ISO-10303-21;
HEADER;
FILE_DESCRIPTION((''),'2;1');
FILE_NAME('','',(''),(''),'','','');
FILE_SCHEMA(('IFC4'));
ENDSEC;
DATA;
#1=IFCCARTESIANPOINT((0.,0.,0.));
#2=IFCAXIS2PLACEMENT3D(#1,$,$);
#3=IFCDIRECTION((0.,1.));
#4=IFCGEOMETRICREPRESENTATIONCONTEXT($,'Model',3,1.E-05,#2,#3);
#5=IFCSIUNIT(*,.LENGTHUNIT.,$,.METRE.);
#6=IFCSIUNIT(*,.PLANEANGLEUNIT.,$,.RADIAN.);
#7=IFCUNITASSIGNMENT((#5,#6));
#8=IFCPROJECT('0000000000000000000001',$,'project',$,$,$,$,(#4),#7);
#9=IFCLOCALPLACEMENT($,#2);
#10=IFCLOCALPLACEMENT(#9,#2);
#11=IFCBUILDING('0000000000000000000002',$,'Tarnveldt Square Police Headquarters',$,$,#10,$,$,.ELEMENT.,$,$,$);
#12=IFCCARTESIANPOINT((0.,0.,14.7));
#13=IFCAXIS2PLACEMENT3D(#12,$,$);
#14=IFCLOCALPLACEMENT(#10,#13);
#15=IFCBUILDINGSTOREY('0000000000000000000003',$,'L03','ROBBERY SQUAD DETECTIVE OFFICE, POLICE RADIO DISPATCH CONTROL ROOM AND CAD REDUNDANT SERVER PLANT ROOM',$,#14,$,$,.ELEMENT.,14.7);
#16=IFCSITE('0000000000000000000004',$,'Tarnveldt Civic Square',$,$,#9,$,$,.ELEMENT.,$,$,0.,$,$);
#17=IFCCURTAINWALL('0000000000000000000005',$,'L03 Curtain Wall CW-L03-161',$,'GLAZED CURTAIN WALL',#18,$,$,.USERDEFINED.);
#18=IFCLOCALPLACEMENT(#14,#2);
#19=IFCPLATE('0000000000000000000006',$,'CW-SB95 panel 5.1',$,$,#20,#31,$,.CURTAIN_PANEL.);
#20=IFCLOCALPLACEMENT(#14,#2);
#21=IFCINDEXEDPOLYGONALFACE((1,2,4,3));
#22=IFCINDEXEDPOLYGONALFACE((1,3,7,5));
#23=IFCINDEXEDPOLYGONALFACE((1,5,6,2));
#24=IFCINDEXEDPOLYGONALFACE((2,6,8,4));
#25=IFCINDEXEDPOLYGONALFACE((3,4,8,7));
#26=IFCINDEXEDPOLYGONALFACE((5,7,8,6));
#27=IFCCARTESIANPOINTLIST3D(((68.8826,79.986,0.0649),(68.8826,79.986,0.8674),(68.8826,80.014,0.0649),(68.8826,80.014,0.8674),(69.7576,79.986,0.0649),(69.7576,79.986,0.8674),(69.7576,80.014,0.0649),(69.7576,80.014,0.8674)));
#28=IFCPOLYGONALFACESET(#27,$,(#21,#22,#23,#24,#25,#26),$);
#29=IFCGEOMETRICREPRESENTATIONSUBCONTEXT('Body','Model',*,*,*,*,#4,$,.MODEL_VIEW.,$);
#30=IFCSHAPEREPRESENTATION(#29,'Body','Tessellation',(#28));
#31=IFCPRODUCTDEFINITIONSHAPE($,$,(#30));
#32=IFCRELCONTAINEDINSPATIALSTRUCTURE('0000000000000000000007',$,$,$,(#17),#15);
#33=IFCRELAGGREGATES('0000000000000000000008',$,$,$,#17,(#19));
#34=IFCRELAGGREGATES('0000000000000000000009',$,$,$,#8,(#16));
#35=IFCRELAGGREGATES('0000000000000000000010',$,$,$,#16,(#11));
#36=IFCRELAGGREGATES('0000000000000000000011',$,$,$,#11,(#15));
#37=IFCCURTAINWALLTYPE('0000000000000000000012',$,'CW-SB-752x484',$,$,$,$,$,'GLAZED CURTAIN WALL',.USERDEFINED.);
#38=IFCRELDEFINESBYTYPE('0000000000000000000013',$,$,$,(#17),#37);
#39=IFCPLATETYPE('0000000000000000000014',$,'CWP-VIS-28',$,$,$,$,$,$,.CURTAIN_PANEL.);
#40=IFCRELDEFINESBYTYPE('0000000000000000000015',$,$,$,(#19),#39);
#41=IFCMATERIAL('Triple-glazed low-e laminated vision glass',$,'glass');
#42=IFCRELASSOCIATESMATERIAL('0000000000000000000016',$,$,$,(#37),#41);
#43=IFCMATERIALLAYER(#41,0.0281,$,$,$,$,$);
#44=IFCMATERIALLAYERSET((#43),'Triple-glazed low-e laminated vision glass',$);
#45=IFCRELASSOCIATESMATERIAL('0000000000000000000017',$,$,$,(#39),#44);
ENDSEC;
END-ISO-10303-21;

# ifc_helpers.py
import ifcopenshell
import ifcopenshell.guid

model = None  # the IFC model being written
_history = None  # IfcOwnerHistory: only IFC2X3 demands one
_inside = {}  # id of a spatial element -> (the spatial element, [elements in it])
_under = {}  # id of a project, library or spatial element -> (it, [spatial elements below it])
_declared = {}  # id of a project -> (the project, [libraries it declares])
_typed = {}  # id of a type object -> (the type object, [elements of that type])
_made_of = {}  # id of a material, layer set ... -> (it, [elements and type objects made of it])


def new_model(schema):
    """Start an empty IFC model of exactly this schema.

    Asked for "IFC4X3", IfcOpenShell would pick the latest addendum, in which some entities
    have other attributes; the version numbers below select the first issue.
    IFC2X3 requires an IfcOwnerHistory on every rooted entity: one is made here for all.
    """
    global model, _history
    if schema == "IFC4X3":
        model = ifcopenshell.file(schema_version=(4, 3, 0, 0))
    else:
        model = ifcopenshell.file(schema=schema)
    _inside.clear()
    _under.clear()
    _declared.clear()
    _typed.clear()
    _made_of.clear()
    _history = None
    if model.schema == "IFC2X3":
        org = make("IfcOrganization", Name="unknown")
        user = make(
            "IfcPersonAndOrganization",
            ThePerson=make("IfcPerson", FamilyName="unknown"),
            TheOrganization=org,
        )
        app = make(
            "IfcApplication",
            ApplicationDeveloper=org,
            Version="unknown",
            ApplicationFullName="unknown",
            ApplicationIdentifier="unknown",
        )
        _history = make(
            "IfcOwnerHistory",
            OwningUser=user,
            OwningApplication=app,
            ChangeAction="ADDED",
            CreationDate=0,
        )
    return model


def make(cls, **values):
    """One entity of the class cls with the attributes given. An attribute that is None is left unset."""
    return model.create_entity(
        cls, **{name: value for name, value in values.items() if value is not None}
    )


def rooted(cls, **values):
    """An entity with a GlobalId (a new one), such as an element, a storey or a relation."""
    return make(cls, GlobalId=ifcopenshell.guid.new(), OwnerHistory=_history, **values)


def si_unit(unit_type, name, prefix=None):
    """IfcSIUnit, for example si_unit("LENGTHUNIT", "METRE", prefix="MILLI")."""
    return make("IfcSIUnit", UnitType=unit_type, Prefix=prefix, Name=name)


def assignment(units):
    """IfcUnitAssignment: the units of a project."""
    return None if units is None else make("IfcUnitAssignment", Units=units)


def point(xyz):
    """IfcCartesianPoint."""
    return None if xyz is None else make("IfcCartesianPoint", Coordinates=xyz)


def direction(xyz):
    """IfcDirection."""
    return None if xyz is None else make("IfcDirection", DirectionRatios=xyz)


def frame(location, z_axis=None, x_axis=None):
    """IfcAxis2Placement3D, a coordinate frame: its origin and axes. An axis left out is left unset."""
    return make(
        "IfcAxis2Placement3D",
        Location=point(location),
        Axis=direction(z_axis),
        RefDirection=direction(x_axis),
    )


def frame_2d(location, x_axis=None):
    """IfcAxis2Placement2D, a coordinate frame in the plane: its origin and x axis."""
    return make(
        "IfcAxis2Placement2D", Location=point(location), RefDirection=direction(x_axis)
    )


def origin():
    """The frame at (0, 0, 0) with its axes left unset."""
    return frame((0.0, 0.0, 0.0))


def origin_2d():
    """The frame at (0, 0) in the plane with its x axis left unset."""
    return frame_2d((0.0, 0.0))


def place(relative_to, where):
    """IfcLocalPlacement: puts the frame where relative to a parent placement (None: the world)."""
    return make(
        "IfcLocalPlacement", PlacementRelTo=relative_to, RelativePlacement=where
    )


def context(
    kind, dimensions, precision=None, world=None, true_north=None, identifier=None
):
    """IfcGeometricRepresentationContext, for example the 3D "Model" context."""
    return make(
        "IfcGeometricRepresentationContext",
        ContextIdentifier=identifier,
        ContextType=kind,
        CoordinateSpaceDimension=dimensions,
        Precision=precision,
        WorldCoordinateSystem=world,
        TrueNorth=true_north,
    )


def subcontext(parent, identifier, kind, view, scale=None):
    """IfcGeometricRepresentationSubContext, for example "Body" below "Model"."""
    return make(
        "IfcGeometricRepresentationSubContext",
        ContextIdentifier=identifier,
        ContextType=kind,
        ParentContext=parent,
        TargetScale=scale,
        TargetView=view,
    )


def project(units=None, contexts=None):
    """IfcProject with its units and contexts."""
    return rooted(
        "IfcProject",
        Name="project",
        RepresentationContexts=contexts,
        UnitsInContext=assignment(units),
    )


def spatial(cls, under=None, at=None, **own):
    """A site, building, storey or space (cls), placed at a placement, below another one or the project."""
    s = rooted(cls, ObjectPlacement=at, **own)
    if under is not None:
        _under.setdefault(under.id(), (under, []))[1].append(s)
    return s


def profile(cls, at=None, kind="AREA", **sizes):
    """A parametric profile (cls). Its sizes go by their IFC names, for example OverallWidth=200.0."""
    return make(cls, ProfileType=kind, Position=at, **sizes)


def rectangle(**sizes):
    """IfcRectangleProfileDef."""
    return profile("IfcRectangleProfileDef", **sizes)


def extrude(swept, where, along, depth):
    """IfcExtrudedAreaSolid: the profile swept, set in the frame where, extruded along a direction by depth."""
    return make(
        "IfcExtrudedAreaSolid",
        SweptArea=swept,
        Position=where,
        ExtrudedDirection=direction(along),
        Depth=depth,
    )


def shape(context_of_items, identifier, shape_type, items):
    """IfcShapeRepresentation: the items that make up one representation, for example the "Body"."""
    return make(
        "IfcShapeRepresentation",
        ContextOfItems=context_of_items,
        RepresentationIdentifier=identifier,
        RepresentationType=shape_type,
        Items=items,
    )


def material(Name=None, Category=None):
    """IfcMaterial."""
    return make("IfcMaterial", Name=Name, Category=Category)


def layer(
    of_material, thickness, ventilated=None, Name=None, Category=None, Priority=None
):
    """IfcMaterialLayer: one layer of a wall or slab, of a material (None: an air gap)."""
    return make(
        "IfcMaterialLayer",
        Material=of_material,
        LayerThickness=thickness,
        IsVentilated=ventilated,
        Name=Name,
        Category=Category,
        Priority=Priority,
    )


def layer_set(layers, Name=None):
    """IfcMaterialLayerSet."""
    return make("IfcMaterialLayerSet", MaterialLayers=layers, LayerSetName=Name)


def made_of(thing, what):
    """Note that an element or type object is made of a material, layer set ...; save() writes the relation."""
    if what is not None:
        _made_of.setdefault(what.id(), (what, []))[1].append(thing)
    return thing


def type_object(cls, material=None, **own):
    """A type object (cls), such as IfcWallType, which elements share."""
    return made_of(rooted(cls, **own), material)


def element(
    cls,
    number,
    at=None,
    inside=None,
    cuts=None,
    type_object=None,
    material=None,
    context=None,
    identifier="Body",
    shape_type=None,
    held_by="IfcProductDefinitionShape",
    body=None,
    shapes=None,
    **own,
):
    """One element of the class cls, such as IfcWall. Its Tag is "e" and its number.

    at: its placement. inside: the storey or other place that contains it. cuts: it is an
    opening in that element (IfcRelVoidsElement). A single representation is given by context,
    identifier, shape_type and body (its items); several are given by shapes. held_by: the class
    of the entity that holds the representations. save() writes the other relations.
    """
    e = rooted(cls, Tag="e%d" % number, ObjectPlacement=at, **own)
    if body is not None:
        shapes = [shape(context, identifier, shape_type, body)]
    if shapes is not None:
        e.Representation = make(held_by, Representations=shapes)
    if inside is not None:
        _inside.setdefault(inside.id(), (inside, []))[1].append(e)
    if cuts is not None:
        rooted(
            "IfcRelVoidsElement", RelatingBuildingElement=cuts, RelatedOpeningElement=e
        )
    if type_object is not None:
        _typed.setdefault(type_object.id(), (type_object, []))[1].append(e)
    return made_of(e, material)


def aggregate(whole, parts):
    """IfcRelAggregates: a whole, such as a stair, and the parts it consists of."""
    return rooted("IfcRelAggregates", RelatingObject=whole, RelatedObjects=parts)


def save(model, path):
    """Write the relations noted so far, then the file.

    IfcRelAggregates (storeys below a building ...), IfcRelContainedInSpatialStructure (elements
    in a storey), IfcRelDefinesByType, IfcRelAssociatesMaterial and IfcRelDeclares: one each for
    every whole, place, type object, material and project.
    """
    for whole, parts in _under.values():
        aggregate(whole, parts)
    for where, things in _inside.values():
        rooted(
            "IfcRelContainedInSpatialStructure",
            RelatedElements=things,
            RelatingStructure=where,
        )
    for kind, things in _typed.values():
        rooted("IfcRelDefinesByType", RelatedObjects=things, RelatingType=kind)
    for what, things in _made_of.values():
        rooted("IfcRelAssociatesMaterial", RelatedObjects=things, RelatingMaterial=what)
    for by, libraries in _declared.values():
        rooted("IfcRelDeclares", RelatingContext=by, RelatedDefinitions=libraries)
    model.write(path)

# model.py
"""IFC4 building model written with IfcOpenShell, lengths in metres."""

from ifc_helpers import new_model, si_unit, direction, frame, origin, origin_2d, place, context, subcontext, project, spatial, rectangle, extrude, material, layer, layer_set, type_object, element, aggregate, save


model = new_model("IFC4")

# Units and contexts
model_context = context("Model", 3, precision=1e-05, world=origin(), true_north=direction((0.0, 1.0)))
body_context = subcontext(model_context, "Body", "Model", "MODEL_VIEW")
ifc_project = project(units=[si_unit("LENGTHUNIT", "METRE"), si_unit("PLANEANGLEUNIT", "RADIAN")], contexts=[model_context])

# Site, building, storey
site_placement = place(None, origin())
site = spatial("IfcSite", under=ifc_project, at=site_placement, Name="Tarnveldt Civic Square", CompositionType="ELEMENT", RefElevation=0.0)
building_placement = place(site_placement, origin())
building = spatial("IfcBuilding", under=site, at=building_placement, Name="Tarnveldt Square Police Headquarters", CompositionType="ELEMENT")
storey_placement = place(building_placement, frame((0.0, 0.0, 14.7)))
storey = spatial("IfcBuildingStorey", under=building, at=storey_placement, Name="L03", Description="ROBBERY SQUAD DETECTIVE OFFICE, POLICE RADIO DISPATCH CONTROL ROOM AND CAD REDUNDANT SERVER PLANT ROOM", CompositionType="ELEMENT", Elevation=14.7)

# Curtain wall
ifc_material_1 = material(Name="Triple-glazed low-e laminated vision glass", Category="glass")
curtain_wall_type_1 = type_object("IfcCurtainWallType", Name="CW-SB-752x484", ElementType="GLAZED CURTAIN WALL", PredefinedType="USERDEFINED", material=ifc_material_1)
curtain_wall_1_placement = place(storey_placement, origin())
curtain_wall_1 = element("IfcCurtainWall", 1, at=curtain_wall_1_placement, inside=storey, type_object=curtain_wall_type_1, Name="L03 Curtain Wall CW-L03-161", ObjectType="GLAZED CURTAIN WALL", PredefinedType="USERDEFINED")

# Plate
ifc_layer = layer(ifc_material_1, 0.0281)
ifc_layer_set = layer_set([ifc_layer], Name="Triple-glazed low-e laminated vision glass")
plate_type = type_object("IfcPlateType", Name="CWP-VIS-28", PredefinedType="CURTAIN_PANEL", material=ifc_layer_set)
plate_1_placement = place(storey_placement, frame((69.3201, 80.0, 0.0649), z_axis=(0.0, 0.0, 1.0), x_axis=(1.0, 0.0, 0.0)))
plate_1 = element("IfcPlate", 2, at=plate_1_placement, type_object=plate_type, Name="CW-SB95 panel 5.1", PredefinedType="CURTAIN_PANEL", context=body_context, shape_type="SweptSolid", body=[
    extrude(rectangle(XDim=0.875, YDim=0.0281, at=origin_2d()), origin(), (0.0, 0.0, 1.0), 0.8025),
])
aggregate(curtain_wall_1, [plate_1])

save(model, "model.ifc")
